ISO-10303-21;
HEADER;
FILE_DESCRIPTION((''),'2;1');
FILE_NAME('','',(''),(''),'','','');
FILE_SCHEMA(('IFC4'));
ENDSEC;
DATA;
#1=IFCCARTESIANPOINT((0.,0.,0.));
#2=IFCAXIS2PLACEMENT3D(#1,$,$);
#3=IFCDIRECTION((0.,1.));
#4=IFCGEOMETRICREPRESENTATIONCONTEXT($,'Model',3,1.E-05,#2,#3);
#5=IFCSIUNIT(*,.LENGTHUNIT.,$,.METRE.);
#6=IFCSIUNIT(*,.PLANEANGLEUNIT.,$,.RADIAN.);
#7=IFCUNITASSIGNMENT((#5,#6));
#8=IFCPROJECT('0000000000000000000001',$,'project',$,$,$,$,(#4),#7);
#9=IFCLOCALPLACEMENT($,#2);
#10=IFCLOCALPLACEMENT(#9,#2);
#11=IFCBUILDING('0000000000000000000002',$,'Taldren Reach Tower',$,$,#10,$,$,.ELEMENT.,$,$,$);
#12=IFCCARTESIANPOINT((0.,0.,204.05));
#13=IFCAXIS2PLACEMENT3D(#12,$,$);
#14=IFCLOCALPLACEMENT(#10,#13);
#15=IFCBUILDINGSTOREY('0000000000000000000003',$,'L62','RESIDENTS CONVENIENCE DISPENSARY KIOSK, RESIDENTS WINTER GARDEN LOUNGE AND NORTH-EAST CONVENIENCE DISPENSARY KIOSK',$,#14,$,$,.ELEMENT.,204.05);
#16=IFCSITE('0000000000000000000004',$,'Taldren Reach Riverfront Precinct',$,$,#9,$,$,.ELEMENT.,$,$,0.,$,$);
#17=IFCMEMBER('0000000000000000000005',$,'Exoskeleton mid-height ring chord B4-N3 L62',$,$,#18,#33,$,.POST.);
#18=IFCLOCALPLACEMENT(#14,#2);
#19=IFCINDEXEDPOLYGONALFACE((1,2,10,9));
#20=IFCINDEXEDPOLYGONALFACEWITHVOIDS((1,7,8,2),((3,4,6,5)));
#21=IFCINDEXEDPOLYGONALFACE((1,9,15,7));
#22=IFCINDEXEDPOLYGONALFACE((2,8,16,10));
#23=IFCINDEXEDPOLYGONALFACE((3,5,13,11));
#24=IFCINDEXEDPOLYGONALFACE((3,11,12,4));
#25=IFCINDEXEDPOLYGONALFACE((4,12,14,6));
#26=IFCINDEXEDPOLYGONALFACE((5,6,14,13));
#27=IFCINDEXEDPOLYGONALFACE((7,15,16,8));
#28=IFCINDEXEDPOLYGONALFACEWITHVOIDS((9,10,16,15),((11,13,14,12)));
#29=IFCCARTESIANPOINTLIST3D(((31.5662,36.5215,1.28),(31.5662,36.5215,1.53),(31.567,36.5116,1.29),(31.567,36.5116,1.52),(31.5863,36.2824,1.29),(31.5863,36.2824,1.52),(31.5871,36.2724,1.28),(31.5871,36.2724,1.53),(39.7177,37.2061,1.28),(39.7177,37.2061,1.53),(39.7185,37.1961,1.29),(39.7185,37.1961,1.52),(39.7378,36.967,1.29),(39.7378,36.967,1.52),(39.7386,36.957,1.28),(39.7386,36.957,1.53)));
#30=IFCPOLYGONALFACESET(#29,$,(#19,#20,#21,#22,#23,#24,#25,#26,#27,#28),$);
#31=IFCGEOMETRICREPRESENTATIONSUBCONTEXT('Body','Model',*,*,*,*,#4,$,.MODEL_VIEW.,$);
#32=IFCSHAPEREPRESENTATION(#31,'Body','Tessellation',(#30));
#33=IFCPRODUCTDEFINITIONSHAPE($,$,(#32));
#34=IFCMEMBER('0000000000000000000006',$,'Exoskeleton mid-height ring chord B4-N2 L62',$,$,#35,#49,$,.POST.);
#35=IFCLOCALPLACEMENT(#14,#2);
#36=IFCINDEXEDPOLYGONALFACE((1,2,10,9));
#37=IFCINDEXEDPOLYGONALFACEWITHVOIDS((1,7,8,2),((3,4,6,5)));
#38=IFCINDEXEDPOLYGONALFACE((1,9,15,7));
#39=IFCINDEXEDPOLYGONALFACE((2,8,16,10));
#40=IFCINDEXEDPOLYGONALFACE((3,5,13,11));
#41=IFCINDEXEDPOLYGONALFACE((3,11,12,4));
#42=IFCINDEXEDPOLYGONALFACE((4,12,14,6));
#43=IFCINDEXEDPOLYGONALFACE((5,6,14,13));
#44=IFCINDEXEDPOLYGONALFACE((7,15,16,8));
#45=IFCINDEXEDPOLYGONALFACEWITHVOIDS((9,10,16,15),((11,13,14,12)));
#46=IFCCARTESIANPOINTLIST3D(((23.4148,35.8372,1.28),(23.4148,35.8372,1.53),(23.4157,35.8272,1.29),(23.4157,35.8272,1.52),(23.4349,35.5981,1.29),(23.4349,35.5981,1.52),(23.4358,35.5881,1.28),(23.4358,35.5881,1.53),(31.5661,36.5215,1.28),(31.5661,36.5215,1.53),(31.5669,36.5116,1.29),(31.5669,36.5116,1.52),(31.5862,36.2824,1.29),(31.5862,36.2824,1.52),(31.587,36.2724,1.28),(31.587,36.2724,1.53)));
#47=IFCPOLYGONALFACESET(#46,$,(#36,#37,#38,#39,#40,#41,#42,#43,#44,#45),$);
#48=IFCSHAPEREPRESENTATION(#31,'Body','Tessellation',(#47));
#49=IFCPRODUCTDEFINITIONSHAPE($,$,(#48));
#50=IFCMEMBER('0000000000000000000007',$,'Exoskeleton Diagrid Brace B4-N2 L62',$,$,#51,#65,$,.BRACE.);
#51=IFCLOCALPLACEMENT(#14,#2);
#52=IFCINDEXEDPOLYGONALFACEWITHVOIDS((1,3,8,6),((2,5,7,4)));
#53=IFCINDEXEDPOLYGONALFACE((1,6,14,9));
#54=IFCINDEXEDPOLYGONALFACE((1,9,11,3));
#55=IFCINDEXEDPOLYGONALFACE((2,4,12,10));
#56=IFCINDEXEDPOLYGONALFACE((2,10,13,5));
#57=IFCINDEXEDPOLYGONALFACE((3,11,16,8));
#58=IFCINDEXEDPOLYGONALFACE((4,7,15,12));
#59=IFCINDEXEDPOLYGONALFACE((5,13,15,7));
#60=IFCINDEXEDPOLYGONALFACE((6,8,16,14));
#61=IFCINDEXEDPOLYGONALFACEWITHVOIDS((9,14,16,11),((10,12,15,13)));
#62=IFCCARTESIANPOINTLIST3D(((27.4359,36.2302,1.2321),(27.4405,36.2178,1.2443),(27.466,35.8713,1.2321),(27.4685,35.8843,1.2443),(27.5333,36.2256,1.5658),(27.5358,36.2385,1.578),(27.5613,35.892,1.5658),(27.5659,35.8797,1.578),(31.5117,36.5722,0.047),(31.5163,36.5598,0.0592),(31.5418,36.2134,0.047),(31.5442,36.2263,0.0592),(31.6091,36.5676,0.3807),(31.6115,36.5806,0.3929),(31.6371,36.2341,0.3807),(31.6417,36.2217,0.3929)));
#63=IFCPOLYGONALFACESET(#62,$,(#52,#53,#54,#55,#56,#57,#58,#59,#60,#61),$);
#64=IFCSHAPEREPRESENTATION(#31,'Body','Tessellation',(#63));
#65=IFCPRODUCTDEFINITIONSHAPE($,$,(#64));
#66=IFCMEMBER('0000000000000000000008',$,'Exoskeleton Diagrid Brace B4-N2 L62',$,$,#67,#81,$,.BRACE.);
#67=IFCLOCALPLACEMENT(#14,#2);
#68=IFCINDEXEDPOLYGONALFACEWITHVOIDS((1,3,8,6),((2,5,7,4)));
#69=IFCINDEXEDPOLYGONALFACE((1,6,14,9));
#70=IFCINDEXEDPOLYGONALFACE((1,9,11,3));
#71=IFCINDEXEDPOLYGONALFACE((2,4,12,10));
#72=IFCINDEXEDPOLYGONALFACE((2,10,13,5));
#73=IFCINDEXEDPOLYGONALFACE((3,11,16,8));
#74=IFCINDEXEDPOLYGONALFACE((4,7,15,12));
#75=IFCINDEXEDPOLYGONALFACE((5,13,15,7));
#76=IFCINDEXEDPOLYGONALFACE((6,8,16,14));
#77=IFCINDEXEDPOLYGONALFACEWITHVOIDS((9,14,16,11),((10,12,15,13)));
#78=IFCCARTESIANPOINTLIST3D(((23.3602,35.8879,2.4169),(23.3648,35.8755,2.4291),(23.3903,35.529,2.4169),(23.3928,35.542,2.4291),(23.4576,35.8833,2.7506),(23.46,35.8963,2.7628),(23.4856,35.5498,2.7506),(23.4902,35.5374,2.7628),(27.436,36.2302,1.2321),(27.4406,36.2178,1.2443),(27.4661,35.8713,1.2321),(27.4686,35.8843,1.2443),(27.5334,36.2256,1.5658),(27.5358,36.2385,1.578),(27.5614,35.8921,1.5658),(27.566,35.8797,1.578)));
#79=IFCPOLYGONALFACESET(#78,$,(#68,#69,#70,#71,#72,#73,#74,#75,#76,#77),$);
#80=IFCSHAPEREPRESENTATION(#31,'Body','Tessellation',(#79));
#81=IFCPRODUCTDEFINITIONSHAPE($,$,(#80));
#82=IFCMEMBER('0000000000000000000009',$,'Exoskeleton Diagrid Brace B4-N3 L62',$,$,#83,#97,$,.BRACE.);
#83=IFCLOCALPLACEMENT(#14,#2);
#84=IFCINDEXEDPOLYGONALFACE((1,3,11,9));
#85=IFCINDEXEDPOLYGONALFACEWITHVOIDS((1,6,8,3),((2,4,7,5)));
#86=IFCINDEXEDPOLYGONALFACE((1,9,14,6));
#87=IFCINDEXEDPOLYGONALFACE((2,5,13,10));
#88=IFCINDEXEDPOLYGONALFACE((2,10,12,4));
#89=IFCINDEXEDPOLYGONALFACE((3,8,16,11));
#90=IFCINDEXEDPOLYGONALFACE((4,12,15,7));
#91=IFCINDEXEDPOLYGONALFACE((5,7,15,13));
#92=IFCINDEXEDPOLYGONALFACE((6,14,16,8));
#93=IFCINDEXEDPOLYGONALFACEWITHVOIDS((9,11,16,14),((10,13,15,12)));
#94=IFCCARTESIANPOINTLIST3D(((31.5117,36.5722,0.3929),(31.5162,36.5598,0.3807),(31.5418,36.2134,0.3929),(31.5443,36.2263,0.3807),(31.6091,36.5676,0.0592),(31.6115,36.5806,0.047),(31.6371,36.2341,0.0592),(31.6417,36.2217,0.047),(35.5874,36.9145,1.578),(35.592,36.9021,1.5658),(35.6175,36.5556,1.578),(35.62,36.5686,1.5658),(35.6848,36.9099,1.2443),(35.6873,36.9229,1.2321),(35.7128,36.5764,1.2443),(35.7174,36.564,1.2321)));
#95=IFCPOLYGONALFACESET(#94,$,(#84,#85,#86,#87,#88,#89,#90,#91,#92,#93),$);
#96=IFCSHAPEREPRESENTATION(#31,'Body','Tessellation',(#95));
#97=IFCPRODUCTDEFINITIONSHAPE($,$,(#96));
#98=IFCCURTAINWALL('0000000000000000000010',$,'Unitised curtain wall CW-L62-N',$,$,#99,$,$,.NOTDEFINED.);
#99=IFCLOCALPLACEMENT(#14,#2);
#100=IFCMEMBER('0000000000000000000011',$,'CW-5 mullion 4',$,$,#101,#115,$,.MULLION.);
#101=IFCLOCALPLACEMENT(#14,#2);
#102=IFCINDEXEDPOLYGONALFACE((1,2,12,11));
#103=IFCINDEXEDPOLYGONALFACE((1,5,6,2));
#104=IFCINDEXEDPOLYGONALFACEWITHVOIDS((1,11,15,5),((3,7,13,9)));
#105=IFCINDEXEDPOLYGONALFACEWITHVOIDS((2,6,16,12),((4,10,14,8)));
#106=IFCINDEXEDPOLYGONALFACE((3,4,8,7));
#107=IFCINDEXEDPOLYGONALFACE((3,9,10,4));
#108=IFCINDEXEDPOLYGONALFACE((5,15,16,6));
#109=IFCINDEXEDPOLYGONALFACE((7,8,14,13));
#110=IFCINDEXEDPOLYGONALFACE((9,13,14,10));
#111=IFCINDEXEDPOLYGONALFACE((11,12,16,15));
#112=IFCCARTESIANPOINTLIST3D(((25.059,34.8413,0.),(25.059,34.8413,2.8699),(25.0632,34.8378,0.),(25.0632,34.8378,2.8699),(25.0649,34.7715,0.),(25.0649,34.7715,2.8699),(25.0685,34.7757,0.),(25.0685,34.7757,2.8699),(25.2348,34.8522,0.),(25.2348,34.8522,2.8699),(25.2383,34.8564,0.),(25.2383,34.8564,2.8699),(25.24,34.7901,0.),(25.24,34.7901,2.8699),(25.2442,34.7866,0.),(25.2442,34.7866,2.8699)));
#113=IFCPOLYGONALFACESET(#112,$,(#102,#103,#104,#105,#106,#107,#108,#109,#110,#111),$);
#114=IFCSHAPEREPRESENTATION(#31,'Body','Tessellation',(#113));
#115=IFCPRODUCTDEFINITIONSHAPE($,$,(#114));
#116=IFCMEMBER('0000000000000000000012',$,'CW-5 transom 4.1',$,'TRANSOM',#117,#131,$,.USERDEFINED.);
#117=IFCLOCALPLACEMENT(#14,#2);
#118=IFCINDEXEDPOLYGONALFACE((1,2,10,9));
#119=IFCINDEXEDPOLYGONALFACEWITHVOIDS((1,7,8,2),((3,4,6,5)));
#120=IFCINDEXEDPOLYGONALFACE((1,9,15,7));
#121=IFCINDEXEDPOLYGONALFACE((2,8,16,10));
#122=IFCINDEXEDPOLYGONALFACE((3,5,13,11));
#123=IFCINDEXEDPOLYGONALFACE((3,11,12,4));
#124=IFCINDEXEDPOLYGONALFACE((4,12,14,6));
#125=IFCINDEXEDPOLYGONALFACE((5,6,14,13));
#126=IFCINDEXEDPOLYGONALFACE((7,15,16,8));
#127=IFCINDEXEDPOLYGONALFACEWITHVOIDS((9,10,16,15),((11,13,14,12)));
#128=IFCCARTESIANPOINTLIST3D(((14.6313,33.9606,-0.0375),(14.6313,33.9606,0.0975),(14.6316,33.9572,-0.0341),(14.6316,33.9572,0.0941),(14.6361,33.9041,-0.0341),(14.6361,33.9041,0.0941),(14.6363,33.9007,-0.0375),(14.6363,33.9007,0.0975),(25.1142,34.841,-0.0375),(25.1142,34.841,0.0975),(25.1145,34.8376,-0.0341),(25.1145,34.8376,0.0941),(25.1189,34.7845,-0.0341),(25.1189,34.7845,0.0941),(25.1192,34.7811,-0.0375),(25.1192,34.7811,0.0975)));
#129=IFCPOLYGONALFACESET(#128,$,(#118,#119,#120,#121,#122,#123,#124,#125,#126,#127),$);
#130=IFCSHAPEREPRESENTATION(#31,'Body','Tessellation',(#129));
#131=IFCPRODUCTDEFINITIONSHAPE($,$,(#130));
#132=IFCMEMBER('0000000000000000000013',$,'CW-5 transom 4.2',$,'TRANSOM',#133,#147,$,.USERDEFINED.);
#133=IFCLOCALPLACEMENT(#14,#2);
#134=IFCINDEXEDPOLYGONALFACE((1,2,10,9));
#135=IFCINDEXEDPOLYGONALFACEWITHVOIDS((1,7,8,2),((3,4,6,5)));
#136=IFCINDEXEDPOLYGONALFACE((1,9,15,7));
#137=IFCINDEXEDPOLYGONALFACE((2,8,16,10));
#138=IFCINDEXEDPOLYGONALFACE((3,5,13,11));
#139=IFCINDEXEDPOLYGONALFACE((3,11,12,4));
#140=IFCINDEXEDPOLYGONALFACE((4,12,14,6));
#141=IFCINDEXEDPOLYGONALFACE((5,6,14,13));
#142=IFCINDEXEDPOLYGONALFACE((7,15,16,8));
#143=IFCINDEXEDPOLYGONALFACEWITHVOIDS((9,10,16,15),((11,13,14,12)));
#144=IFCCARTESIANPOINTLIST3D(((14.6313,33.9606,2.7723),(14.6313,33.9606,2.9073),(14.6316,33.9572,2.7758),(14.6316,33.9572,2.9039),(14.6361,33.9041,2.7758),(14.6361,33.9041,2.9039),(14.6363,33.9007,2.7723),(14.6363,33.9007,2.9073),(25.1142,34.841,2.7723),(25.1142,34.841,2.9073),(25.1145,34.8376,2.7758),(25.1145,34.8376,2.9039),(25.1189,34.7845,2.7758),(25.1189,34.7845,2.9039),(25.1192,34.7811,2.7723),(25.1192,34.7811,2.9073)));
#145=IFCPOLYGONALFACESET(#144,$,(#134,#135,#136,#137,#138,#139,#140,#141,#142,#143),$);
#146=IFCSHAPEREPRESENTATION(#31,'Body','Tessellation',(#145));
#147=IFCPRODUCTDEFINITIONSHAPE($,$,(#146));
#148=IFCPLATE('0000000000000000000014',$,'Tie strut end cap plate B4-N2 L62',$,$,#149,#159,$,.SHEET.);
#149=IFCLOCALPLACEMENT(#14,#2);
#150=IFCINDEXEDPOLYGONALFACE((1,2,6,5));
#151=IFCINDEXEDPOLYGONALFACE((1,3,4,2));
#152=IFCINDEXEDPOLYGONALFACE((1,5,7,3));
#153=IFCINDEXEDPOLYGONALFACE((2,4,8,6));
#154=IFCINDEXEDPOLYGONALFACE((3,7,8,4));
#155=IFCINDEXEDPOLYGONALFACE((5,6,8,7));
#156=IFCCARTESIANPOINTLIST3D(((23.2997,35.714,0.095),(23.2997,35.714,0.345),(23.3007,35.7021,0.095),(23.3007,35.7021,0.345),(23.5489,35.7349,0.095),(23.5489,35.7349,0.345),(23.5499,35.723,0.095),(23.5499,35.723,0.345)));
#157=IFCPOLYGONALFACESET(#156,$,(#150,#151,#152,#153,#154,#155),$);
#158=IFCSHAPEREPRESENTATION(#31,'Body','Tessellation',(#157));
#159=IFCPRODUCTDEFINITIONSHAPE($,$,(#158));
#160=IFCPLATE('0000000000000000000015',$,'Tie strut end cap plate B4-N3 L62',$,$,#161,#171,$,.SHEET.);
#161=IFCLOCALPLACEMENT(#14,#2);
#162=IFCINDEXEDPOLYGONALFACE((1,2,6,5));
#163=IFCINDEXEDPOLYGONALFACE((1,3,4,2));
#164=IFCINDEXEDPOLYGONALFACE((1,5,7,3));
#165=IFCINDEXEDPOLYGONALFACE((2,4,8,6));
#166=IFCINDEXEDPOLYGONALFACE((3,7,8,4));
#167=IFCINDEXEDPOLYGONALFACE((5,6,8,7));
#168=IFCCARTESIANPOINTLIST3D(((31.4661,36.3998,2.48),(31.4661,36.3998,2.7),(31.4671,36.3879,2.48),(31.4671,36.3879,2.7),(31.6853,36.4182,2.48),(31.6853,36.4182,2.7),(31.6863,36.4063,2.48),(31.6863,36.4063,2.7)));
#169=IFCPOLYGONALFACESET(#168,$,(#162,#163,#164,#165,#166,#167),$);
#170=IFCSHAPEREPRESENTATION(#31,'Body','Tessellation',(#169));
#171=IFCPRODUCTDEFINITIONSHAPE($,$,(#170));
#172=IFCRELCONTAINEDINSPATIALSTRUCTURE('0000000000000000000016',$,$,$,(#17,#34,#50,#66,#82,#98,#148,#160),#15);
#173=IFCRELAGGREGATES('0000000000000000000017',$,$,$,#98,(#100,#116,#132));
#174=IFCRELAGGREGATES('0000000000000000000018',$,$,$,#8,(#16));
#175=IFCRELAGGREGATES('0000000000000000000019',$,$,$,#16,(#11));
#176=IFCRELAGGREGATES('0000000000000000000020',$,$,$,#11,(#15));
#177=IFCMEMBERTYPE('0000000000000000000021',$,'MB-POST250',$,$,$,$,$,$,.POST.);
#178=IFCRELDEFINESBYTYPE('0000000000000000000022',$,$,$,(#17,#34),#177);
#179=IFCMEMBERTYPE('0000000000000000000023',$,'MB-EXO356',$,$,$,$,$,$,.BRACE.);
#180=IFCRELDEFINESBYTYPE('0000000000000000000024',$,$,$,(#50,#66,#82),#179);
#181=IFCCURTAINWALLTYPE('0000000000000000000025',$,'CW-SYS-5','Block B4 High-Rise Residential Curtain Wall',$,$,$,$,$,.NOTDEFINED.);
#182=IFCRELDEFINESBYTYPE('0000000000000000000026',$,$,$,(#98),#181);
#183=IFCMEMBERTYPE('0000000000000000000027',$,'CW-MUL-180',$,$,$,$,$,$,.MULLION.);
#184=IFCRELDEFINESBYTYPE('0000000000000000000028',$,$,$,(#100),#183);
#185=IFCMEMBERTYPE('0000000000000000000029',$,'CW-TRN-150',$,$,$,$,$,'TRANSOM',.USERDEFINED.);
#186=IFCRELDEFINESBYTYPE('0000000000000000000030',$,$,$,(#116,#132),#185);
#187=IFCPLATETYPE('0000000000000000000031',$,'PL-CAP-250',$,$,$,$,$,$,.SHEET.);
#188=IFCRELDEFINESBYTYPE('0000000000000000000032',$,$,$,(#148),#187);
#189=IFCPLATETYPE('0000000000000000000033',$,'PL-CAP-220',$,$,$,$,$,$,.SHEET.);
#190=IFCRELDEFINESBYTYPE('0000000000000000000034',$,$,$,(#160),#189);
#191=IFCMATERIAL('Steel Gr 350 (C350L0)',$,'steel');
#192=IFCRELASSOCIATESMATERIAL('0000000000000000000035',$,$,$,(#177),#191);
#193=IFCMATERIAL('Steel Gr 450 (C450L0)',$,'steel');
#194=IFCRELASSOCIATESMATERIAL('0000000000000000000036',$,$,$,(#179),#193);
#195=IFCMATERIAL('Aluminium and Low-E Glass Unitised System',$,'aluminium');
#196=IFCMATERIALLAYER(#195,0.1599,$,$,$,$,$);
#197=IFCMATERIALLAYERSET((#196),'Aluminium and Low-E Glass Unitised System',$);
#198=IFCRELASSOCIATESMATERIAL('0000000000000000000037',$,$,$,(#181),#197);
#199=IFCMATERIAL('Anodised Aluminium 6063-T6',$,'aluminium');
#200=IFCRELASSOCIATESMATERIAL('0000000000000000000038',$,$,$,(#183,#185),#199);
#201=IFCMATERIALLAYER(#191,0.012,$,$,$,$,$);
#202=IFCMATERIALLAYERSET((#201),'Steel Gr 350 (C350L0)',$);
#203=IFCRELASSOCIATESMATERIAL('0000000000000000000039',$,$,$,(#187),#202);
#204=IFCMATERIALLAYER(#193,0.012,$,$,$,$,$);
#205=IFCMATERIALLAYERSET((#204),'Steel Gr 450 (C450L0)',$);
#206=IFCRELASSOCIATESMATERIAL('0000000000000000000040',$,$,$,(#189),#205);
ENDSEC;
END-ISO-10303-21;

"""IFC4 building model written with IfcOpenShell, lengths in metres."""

from ifc_helpers import new_model, si_unit, direction, frame, origin, origin_2d, place, context, subcontext, project, spatial, rectangle, hollow_rectangle, extrude, source, transform, mapped, material, layer, layer_set, material_profile, profile_set, type_object, element, aggregate, save


model = new_model("IFC4")

# Units and contexts
model_context = context("Model", 3, precision=1e-05, world=origin(), true_north=direction((0.0, 1.0)))
body_context = subcontext(model_context, "Body", "Model", "MODEL_VIEW")
ifc_project = project(units=[si_unit("LENGTHUNIT", "METRE"), si_unit("PLANEANGLEUNIT", "RADIAN")], contexts=[model_context])

# Site, building, storey
site_placement = place(None, origin())
site = spatial("IfcSite", under=ifc_project, at=site_placement, Name="Taldren Reach Riverfront Precinct", CompositionType="ELEMENT", RefElevation=0.0)
building_placement = place(site_placement, origin())
building = spatial("IfcBuilding", under=site, at=building_placement, Name="Taldren Reach Tower", CompositionType="ELEMENT")
storey_placement = place(building_placement, frame((0.0, 0.0, 204.05)))
storey = spatial("IfcBuildingStorey", under=building, at=storey_placement, Name="L62", Description="RESIDENTS CONVENIENCE DISPENSARY KIOSK, RESIDENTS WINTER GARDEN LOUNGE AND NORTH-EAST CONVENIENCE DISPENSARY KIOSK", CompositionType="ELEMENT", Elevation=204.05)

# Shared definitions
ifc_material_1 = material(Name="Steel Gr 350 (C350L0)", Category="steel")
ifc_material_profile_1 = material_profile(ifc_material_1, hollow_rectangle(XDim=0.25, YDim=0.25, WallThickness=0.01, at=origin_2d()), Name="250x250x10.0SHS")
ifc_profile_set_1 = profile_set([ifc_material_profile_1], Name="Steel Gr 350 (C350L0)")
member_type_1 = type_object("IfcMemberType", Name="MB-POST250", PredefinedType="POST", material=ifc_profile_set_1)

# Members
ifc_material_2 = material(Name="Steel Gr 450 (C450L0)", Category="steel")
shared_shape_1 = source(origin(), body_context, "Body", "SweptSolid", [
    extrude(hollow_rectangle(XDim=0.25, YDim=0.25, WallThickness=0.01, at=origin_2d()), origin(), (0.0, 0.0, 1.0), 8.1802),
])
member_1_placement = place(storey_placement, frame((31.5767, 36.397, 1.405), z_axis=(0.996492, 0.083688, 0.0), x_axis=(-0.083688, 0.996492, 0.0)))
element("IfcMember", 1, at=member_1_placement, inside=storey, type_object=member_type_1, Name="Exoskeleton mid-height ring chord B4-N3 L62", PredefinedType="POST", context=body_context, shape_type="MappedRepresentation", body=[
    mapped(shared_shape_1, transform((0.0, 0.0, 0.0), scale=1.0)),
])
shared_shape_2 = source(origin(), body_context, "Body", "SweptSolid", [
    extrude(hollow_rectangle(XDim=0.25, YDim=0.25, WallThickness=0.01, at=origin_2d()), origin(), (0.0, 0.0, 1.0), 8.1799),
])
member_2_placement = place(storey_placement, frame((23.4253, 35.7126, 1.405), z_axis=(0.996495, 0.083658, 0.0), x_axis=(-0.083658, 0.996495, 0.0)))
element("IfcMember", 2, at=member_2_placement, inside=storey, type_object=member_type_1, Name="Exoskeleton mid-height ring chord B4-N2 L62", PredefinedType="POST", context=body_context, shape_type="MappedRepresentation", body=[
    mapped(shared_shape_2, transform((0.0, 0.0, 0.0), scale=1.0)),
])
ifc_material_profile_2 = material_profile(ifc_material_2, hollow_rectangle(XDim=0.3601, YDim=0.3601, WallThickness=0.0127, at=origin_2d()), Name="360x360x12.7SHS")
ifc_profile_set_2 = profile_set([ifc_material_profile_2], Name="Steel Gr 450 (C450L0)")
member_type_2 = type_object("IfcMemberType", Name="MB-EXO356", PredefinedType="BRACE", material=ifc_profile_set_2)
shared_shape_3 = source(origin(), body_context, "Body", "SweptSolid", [
    extrude(hollow_rectangle(XDim=0.3601, YDim=0.3601, WallThickness=0.0127, at=origin_2d()), origin(), (0.0, 0.0, 1.0), 4.2583),
])
for number, where, z_axis, x_axis, name in (
    (3, (31.5767, 36.397, 0.22), (-0.95713, -0.080325, 0.278298), (0.083628, -0.996497, 0.0), "Exoskeleton Diagrid Brace B4-N2 L62"),
    (4, (27.501, 36.0549, 1.405), (-0.957141, -0.080383, 0.278244), (0.083688, -0.996492, 0.0), "Exoskeleton Diagrid Brace B4-N2 L62"),
    (5, (31.5767, 36.397, 0.22), (0.957126, 0.080382, 0.278297), (-0.083688, 0.996492, 0.0), "Exoskeleton Diagrid Brace B4-N3 L62"),
):
    element("IfcMember", number, at=place(storey_placement, frame(where, z_axis=z_axis, x_axis=x_axis)), inside=storey, type_object=member_type_2, Name=name, PredefinedType="BRACE", context=body_context, shape_type="MappedRepresentation", body=[
        mapped(shared_shape_3, transform((0.0, 0.0, 0.0), scale=1.0)),
    ])

# Curtain wall, members
ifc_material_3 = material(Name="Aluminium and Low-E Glass Unitised System", Category="aluminium")
ifc_layer_1 = layer(ifc_material_3, 0.1599)
ifc_layer_set_1 = layer_set([ifc_layer_1], Name="Aluminium and Low-E Glass Unitised System")
curtain_wall_type = type_object("IfcCurtainWallType", Name="CW-SYS-5", Description="Block B4 High-Rise Residential Curtain Wall", PredefinedType="NOTDEFINED", material=ifc_layer_set_1)
curtain_wall_placement = place(storey_placement, origin())
curtain_wall = element("IfcCurtainWall", 6, at=curtain_wall_placement, inside=storey, type_object=curtain_wall_type, Name="Unitised curtain wall CW-L62-N", PredefinedType="NOTDEFINED")
ifc_material_4 = material(Name="Anodised Aluminium 6063-T6", Category="aluminium")
ifc_material_profile_3 = material_profile(ifc_material_4, hollow_rectangle(XDim=0.0701, YDim=0.1799, WallThickness=0.0039, at=origin_2d()), Name="ALU-180x70x4RHS")
ifc_profile_set_3 = profile_set([ifc_material_profile_3], Name="Anodised Aluminium 6063-T6")
member_type_3 = type_object("IfcMemberType", Name="CW-MUL-180", PredefinedType="MULLION", material=ifc_profile_set_3)
shared_shape_4 = source(origin(), body_context, "Body", "SweptSolid", [
    extrude(hollow_rectangle(XDim=0.0701, YDim=0.1799, WallThickness=0.0039, at=origin_2d()), origin(), (0.0, 0.0, 1.0), 2.8699),
])
member_3_placement = place(storey_placement, frame((25.1516, 34.814, 0.0), z_axis=(0.0, 0.0, 1.0), x_axis=(0.083678, -0.996493, 0.0)))
member_3 = element("IfcMember", 7, at=member_3_placement, type_object=member_type_3, Name="CW-5 mullion 4", PredefinedType="MULLION", context=body_context, shape_type="MappedRepresentation", body=[
    mapped(shared_shape_4, transform((0.0, 0.0, 0.0), scale=1.0)),
])
ifc_material_profile_4 = material_profile(ifc_material_4, hollow_rectangle(XDim=0.0601, YDim=0.135, WallThickness=0.0034, at=origin_2d()), Name="ALU-135x60x3.5RHS")
ifc_profile_set_4 = profile_set([ifc_material_profile_4], Name="Anodised Aluminium 6063-T6")
member_type_4 = type_object("IfcMemberType", Name="CW-TRN-150", ElementType="TRANSOM", PredefinedType="USERDEFINED", material=ifc_profile_set_4)
shared_shape_5 = source(origin(), body_context, "Body", "SweptSolid", [
    extrude(hollow_rectangle(XDim=0.0601, YDim=0.135, WallThickness=0.0034, at=origin_2d()), origin(), (0.0, 0.0, 1.0), 10.5198),
])
member_4_placement = place(storey_placement, frame((25.1167, 34.811, 0.03), z_axis=(-0.996492, -0.083687, 0.0), x_axis=(0.083687, -0.996492, 0.0)))
member_4 = element("IfcMember", 8, at=member_4_placement, type_object=member_type_4, Name="CW-5 transom 4.1", ObjectType="TRANSOM", PredefinedType="USERDEFINED", context=body_context, shape_type="MappedRepresentation", body=[
    mapped(shared_shape_5, transform((0.0, 0.0, 0.0), scale=1.0)),
])
member_5_placement = place(storey_placement, frame((25.1167, 34.811, 2.8398), z_axis=(-0.996492, -0.083687, 0.0), x_axis=(0.083687, -0.996492, 0.0)))
member_5 = element("IfcMember", 9, at=member_5_placement, type_object=member_type_4, Name="CW-5 transom 4.2", ObjectType="TRANSOM", PredefinedType="USERDEFINED", context=body_context, shape_type="MappedRepresentation", body=[
    mapped(shared_shape_5, transform((0.0, 0.0, 0.0), scale=1.0)),
])

# Plates
ifc_layer_2 = layer(ifc_material_1, 0.012)
ifc_layer_set_2 = layer_set([ifc_layer_2], Name="Steel Gr 350 (C350L0)")
plate_type_1 = type_object("IfcPlateType", Name="PL-CAP-250", PredefinedType="SHEET", material=ifc_layer_set_2)
shared_shape_6 = source(origin(), body_context, "Body", "SweptSolid", [
    extrude(rectangle(XDim=0.25, YDim=0.012, at=origin_2d()), origin(), (0.0, 0.0, 1.0), 0.25),
])
plate_1_placement = place(storey_placement, frame((23.4248, 35.7185, 0.095), z_axis=(0.0, 0.0, 1.0), x_axis=(0.996493, 0.083678, 0.0)))
element("IfcPlate", 10, at=plate_1_placement, inside=storey, type_object=plate_type_1, Name="Tie strut end cap plate B4-N2 L62", PredefinedType="SHEET", context=body_context, shape_type="MappedRepresentation", body=[
    mapped(shared_shape_6, transform((0.0, 0.0, 0.0), scale=1.0)),
])
ifc_layer_3 = layer(ifc_material_2, 0.012)
ifc_layer_set_3 = layer_set([ifc_layer_3], Name="Steel Gr 450 (C450L0)")
plate_type_2 = type_object("IfcPlateType", Name="PL-CAP-220", PredefinedType="SHEET", material=ifc_layer_set_3)
shared_shape_7 = source(origin(), body_context, "Body", "SweptSolid", [
    extrude(rectangle(XDim=0.22, YDim=0.012, at=origin_2d()), origin(), (0.0, 0.0, 1.0), 0.22),
])
plate_2_placement = place(storey_placement, frame((31.5762, 36.4031, 2.48), z_axis=(0.0, 0.0, 1.0), x_axis=(0.996493, 0.083678, 0.0)))
element("IfcPlate", 11, at=plate_2_placement, inside=storey, type_object=plate_type_2, Name="Tie strut end cap plate B4-N3 L62", PredefinedType="SHEET", context=body_context, shape_type="MappedRepresentation", body=[
    mapped(shared_shape_7, transform((0.0, 0.0, 0.0), scale=1.0)),
])

aggregate(curtain_wall, [member_3, member_4, member_5])

save(model, "model.ifc")
